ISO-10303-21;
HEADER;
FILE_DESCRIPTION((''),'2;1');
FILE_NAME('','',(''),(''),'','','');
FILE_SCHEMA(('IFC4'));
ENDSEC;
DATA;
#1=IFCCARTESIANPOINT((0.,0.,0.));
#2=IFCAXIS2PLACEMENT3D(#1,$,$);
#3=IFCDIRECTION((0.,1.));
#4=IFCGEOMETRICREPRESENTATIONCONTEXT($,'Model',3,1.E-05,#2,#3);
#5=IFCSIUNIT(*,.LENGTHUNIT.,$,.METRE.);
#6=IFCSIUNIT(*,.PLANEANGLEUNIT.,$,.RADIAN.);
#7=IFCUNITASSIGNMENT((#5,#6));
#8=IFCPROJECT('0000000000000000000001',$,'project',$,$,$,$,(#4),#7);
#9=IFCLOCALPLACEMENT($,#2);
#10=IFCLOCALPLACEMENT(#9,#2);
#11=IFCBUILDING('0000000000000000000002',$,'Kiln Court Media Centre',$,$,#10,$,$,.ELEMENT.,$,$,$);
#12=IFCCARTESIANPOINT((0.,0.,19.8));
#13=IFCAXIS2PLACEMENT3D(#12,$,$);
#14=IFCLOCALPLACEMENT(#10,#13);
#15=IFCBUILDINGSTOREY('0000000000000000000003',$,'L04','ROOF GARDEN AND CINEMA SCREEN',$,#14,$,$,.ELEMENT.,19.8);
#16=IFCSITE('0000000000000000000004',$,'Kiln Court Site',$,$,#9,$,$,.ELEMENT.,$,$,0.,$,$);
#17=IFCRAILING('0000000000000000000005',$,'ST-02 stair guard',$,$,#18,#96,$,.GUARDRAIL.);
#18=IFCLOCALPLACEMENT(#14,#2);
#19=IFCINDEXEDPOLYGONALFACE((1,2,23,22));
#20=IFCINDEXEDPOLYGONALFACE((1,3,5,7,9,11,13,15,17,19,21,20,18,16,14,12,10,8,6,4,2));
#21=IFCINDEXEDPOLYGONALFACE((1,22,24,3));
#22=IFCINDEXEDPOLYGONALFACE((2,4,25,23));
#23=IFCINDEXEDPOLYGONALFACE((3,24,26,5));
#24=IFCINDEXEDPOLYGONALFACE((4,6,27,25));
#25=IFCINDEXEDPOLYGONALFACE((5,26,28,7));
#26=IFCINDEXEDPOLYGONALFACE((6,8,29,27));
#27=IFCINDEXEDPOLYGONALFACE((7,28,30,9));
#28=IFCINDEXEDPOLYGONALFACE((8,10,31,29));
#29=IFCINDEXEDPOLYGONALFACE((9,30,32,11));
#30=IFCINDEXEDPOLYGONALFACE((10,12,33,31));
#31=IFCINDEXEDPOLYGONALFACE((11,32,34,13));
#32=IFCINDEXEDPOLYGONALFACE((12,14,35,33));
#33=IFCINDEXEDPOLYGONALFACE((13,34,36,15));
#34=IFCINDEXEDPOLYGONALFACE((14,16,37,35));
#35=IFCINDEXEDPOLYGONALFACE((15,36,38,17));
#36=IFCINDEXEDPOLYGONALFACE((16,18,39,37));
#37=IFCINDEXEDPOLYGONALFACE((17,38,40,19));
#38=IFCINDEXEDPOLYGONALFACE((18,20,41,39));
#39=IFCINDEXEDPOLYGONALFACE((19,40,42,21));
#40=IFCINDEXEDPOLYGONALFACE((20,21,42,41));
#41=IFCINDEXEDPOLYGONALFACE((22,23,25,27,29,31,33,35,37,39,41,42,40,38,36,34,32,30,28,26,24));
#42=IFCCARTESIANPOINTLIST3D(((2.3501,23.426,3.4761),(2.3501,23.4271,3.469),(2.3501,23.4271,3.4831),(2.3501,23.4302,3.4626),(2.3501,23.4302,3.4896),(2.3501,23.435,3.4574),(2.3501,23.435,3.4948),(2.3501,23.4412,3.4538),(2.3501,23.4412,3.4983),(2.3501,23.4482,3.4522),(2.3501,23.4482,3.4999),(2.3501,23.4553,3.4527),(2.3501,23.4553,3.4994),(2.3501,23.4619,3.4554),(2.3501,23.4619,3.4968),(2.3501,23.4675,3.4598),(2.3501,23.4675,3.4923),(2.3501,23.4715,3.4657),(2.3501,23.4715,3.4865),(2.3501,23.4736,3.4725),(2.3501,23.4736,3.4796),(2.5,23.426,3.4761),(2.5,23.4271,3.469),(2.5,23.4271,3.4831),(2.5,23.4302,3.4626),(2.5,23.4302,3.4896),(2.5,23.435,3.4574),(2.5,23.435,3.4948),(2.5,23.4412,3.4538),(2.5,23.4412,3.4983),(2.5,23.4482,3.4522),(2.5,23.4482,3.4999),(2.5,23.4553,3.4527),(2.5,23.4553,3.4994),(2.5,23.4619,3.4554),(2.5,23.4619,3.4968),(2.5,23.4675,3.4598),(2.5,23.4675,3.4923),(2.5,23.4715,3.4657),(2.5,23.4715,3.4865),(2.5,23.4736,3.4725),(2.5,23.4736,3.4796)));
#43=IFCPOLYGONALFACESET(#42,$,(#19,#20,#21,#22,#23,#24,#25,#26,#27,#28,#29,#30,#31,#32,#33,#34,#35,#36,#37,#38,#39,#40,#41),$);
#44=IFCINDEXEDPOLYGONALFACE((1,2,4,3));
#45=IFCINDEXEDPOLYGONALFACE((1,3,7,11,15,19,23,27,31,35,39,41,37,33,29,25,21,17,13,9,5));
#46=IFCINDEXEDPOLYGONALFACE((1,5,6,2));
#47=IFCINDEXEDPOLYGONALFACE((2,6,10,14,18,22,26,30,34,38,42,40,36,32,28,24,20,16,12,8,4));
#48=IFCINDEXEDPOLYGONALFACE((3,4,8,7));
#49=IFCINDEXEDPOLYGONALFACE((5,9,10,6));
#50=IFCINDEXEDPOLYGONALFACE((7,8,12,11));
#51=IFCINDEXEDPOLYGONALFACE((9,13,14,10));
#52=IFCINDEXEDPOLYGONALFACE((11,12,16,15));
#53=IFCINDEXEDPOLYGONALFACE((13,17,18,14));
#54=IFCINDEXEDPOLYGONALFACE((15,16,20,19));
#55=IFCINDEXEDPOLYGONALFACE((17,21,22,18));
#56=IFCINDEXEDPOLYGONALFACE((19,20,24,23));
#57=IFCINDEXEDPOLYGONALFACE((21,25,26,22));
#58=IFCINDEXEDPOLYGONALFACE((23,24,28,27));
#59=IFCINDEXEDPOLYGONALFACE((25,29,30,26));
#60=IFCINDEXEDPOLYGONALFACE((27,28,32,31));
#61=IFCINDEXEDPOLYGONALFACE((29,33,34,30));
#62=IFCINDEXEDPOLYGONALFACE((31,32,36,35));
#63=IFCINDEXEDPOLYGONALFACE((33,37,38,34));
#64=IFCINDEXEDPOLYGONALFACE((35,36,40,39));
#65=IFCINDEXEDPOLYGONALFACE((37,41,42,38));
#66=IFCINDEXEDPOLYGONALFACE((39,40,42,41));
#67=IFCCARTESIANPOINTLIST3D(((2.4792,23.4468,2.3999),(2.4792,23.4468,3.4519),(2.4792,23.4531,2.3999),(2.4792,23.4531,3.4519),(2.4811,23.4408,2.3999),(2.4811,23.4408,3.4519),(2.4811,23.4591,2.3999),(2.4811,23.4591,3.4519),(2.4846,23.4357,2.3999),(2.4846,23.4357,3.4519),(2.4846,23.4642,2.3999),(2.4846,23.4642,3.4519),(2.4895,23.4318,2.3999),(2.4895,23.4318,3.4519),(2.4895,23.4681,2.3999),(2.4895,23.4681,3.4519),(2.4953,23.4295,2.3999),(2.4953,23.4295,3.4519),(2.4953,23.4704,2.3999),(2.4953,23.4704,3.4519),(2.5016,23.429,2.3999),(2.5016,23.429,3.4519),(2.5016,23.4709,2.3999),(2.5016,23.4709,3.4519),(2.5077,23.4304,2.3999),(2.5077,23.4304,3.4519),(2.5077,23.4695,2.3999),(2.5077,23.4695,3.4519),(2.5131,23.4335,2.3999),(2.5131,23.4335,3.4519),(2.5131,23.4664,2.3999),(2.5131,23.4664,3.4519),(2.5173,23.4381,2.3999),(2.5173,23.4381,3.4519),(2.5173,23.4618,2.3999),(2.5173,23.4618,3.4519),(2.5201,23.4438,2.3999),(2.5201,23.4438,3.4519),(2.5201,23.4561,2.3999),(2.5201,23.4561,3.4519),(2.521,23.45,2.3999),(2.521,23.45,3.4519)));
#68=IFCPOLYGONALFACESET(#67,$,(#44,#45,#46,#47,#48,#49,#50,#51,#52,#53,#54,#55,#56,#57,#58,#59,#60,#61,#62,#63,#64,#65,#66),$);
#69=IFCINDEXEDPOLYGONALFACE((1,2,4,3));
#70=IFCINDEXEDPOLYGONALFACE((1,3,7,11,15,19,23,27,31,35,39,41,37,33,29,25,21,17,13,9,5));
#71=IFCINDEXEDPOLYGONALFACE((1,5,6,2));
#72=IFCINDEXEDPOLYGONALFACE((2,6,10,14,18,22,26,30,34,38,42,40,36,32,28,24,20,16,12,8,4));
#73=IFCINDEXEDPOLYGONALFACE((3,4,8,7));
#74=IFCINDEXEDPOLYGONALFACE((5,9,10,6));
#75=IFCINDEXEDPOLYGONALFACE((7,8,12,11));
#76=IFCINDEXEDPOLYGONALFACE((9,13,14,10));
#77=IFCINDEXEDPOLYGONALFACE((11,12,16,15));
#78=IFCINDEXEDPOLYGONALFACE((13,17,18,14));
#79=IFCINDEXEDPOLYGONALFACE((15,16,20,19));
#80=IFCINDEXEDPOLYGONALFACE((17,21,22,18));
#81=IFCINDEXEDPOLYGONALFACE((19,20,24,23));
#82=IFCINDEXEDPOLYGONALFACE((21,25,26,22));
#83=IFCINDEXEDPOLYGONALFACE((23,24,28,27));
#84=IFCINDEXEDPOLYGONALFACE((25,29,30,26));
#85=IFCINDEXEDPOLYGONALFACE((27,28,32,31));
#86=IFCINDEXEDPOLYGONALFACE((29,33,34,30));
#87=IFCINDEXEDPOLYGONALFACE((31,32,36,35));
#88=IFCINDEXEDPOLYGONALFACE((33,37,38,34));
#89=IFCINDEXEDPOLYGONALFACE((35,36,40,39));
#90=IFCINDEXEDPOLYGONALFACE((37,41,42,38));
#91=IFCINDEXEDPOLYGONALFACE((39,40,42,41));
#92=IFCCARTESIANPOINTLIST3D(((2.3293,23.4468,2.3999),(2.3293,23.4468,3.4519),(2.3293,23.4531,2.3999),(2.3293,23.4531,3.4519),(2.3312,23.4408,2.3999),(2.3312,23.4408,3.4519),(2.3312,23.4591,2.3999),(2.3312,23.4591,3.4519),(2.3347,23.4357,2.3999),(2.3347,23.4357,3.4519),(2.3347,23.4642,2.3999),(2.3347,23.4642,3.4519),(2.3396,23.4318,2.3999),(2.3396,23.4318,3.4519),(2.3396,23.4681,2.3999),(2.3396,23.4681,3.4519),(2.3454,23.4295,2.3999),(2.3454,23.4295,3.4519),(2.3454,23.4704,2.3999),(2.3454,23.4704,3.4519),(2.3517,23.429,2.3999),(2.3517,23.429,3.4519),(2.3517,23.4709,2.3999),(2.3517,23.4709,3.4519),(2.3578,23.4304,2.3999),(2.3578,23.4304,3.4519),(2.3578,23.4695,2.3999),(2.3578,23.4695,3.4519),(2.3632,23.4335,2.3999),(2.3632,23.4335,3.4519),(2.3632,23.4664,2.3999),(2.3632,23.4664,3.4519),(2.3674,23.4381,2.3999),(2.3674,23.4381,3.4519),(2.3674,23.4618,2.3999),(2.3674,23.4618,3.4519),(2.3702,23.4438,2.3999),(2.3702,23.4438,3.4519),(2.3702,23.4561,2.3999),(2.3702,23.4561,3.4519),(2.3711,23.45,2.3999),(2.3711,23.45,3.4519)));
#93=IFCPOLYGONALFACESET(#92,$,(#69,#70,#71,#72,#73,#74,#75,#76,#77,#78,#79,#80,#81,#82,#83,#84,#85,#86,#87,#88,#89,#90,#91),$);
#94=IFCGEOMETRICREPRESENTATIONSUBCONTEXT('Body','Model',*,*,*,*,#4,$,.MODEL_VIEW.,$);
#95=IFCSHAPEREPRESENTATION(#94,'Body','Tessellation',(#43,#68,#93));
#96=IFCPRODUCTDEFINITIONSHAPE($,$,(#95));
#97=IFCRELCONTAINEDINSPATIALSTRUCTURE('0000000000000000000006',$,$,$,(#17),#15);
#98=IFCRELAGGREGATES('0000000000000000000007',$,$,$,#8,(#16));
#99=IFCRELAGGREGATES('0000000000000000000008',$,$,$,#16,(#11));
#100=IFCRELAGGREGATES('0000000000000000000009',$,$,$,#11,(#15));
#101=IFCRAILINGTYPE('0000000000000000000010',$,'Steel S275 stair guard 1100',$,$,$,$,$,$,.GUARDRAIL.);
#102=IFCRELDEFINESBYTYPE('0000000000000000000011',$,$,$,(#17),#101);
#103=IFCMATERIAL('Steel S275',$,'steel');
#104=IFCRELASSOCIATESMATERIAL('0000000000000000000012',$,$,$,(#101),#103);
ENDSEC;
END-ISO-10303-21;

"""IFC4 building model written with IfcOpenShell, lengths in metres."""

from ifc_helpers import new_model, si_unit, direction, frame, origin, origin_2d, place, context, subcontext, project, spatial, circle, extrude, material, type_object, element, save


model = new_model("IFC4")

# Units and contexts
model_context = context("Model", 3, precision=1e-05, world=origin(), true_north=direction((0.0, 1.0)))
body_context = subcontext(model_context, "Body", "Model", "MODEL_VIEW")
ifc_project = project(units=[si_unit("LENGTHUNIT", "METRE"), si_unit("PLANEANGLEUNIT", "RADIAN")], contexts=[model_context])

# Site, building, storey
site_placement = place(None, origin())
site = spatial("IfcSite", under=ifc_project, at=site_placement, Name="Kiln Court Site", CompositionType="ELEMENT", RefElevation=0.0)
building_placement = place(site_placement, origin())
building = spatial("IfcBuilding", under=site, at=building_placement, Name="Kiln Court Media Centre", CompositionType="ELEMENT")
storey_placement = place(building_placement, frame((0.0, 0.0, 19.8)))
storey = spatial("IfcBuildingStorey", under=building, at=storey_placement, Name="L04", Description="ROOF GARDEN AND CINEMA SCREEN", CompositionType="ELEMENT", Elevation=19.8)

# Railing
ifc_material_1 = material(Name="Steel S275", Category="steel")
railing_type_1 = type_object("IfcRailingType", Name="Steel S275 stair guard 1100", PredefinedType="GUARDRAIL", material=ifc_material_1)
railing_1_placement = place(storey_placement, frame((2.5, 23.45, 2.3999)))
element("IfcRailing", 1, at=railing_1_placement, inside=storey, type_object=railing_type_1, Name="ST-02 stair guard", PredefinedType="GUARDRAIL", context=body_context, shape_type="SweptSolid", body=[
    extrude(circle(Radius=0.0239, at=origin_2d()), frame((0.0, 0.0, 1.0762), z_axis=(-1.0, 0.0, 0.0), x_axis=(0.0, -1.0, 0.0)), (0.0, 0.0, 1.0), 0.1499),
    extrude(circle(Radius=0.021, at=origin_2d()), origin(), (0.0, 0.0, 1.0), 1.052),
    extrude(circle(Radius=0.021, at=origin_2d()), frame((-0.1499, 0.0, 0.0)), (0.0, 0.0, 1.0), 1.052),
])

save(model, "model.ifc")
